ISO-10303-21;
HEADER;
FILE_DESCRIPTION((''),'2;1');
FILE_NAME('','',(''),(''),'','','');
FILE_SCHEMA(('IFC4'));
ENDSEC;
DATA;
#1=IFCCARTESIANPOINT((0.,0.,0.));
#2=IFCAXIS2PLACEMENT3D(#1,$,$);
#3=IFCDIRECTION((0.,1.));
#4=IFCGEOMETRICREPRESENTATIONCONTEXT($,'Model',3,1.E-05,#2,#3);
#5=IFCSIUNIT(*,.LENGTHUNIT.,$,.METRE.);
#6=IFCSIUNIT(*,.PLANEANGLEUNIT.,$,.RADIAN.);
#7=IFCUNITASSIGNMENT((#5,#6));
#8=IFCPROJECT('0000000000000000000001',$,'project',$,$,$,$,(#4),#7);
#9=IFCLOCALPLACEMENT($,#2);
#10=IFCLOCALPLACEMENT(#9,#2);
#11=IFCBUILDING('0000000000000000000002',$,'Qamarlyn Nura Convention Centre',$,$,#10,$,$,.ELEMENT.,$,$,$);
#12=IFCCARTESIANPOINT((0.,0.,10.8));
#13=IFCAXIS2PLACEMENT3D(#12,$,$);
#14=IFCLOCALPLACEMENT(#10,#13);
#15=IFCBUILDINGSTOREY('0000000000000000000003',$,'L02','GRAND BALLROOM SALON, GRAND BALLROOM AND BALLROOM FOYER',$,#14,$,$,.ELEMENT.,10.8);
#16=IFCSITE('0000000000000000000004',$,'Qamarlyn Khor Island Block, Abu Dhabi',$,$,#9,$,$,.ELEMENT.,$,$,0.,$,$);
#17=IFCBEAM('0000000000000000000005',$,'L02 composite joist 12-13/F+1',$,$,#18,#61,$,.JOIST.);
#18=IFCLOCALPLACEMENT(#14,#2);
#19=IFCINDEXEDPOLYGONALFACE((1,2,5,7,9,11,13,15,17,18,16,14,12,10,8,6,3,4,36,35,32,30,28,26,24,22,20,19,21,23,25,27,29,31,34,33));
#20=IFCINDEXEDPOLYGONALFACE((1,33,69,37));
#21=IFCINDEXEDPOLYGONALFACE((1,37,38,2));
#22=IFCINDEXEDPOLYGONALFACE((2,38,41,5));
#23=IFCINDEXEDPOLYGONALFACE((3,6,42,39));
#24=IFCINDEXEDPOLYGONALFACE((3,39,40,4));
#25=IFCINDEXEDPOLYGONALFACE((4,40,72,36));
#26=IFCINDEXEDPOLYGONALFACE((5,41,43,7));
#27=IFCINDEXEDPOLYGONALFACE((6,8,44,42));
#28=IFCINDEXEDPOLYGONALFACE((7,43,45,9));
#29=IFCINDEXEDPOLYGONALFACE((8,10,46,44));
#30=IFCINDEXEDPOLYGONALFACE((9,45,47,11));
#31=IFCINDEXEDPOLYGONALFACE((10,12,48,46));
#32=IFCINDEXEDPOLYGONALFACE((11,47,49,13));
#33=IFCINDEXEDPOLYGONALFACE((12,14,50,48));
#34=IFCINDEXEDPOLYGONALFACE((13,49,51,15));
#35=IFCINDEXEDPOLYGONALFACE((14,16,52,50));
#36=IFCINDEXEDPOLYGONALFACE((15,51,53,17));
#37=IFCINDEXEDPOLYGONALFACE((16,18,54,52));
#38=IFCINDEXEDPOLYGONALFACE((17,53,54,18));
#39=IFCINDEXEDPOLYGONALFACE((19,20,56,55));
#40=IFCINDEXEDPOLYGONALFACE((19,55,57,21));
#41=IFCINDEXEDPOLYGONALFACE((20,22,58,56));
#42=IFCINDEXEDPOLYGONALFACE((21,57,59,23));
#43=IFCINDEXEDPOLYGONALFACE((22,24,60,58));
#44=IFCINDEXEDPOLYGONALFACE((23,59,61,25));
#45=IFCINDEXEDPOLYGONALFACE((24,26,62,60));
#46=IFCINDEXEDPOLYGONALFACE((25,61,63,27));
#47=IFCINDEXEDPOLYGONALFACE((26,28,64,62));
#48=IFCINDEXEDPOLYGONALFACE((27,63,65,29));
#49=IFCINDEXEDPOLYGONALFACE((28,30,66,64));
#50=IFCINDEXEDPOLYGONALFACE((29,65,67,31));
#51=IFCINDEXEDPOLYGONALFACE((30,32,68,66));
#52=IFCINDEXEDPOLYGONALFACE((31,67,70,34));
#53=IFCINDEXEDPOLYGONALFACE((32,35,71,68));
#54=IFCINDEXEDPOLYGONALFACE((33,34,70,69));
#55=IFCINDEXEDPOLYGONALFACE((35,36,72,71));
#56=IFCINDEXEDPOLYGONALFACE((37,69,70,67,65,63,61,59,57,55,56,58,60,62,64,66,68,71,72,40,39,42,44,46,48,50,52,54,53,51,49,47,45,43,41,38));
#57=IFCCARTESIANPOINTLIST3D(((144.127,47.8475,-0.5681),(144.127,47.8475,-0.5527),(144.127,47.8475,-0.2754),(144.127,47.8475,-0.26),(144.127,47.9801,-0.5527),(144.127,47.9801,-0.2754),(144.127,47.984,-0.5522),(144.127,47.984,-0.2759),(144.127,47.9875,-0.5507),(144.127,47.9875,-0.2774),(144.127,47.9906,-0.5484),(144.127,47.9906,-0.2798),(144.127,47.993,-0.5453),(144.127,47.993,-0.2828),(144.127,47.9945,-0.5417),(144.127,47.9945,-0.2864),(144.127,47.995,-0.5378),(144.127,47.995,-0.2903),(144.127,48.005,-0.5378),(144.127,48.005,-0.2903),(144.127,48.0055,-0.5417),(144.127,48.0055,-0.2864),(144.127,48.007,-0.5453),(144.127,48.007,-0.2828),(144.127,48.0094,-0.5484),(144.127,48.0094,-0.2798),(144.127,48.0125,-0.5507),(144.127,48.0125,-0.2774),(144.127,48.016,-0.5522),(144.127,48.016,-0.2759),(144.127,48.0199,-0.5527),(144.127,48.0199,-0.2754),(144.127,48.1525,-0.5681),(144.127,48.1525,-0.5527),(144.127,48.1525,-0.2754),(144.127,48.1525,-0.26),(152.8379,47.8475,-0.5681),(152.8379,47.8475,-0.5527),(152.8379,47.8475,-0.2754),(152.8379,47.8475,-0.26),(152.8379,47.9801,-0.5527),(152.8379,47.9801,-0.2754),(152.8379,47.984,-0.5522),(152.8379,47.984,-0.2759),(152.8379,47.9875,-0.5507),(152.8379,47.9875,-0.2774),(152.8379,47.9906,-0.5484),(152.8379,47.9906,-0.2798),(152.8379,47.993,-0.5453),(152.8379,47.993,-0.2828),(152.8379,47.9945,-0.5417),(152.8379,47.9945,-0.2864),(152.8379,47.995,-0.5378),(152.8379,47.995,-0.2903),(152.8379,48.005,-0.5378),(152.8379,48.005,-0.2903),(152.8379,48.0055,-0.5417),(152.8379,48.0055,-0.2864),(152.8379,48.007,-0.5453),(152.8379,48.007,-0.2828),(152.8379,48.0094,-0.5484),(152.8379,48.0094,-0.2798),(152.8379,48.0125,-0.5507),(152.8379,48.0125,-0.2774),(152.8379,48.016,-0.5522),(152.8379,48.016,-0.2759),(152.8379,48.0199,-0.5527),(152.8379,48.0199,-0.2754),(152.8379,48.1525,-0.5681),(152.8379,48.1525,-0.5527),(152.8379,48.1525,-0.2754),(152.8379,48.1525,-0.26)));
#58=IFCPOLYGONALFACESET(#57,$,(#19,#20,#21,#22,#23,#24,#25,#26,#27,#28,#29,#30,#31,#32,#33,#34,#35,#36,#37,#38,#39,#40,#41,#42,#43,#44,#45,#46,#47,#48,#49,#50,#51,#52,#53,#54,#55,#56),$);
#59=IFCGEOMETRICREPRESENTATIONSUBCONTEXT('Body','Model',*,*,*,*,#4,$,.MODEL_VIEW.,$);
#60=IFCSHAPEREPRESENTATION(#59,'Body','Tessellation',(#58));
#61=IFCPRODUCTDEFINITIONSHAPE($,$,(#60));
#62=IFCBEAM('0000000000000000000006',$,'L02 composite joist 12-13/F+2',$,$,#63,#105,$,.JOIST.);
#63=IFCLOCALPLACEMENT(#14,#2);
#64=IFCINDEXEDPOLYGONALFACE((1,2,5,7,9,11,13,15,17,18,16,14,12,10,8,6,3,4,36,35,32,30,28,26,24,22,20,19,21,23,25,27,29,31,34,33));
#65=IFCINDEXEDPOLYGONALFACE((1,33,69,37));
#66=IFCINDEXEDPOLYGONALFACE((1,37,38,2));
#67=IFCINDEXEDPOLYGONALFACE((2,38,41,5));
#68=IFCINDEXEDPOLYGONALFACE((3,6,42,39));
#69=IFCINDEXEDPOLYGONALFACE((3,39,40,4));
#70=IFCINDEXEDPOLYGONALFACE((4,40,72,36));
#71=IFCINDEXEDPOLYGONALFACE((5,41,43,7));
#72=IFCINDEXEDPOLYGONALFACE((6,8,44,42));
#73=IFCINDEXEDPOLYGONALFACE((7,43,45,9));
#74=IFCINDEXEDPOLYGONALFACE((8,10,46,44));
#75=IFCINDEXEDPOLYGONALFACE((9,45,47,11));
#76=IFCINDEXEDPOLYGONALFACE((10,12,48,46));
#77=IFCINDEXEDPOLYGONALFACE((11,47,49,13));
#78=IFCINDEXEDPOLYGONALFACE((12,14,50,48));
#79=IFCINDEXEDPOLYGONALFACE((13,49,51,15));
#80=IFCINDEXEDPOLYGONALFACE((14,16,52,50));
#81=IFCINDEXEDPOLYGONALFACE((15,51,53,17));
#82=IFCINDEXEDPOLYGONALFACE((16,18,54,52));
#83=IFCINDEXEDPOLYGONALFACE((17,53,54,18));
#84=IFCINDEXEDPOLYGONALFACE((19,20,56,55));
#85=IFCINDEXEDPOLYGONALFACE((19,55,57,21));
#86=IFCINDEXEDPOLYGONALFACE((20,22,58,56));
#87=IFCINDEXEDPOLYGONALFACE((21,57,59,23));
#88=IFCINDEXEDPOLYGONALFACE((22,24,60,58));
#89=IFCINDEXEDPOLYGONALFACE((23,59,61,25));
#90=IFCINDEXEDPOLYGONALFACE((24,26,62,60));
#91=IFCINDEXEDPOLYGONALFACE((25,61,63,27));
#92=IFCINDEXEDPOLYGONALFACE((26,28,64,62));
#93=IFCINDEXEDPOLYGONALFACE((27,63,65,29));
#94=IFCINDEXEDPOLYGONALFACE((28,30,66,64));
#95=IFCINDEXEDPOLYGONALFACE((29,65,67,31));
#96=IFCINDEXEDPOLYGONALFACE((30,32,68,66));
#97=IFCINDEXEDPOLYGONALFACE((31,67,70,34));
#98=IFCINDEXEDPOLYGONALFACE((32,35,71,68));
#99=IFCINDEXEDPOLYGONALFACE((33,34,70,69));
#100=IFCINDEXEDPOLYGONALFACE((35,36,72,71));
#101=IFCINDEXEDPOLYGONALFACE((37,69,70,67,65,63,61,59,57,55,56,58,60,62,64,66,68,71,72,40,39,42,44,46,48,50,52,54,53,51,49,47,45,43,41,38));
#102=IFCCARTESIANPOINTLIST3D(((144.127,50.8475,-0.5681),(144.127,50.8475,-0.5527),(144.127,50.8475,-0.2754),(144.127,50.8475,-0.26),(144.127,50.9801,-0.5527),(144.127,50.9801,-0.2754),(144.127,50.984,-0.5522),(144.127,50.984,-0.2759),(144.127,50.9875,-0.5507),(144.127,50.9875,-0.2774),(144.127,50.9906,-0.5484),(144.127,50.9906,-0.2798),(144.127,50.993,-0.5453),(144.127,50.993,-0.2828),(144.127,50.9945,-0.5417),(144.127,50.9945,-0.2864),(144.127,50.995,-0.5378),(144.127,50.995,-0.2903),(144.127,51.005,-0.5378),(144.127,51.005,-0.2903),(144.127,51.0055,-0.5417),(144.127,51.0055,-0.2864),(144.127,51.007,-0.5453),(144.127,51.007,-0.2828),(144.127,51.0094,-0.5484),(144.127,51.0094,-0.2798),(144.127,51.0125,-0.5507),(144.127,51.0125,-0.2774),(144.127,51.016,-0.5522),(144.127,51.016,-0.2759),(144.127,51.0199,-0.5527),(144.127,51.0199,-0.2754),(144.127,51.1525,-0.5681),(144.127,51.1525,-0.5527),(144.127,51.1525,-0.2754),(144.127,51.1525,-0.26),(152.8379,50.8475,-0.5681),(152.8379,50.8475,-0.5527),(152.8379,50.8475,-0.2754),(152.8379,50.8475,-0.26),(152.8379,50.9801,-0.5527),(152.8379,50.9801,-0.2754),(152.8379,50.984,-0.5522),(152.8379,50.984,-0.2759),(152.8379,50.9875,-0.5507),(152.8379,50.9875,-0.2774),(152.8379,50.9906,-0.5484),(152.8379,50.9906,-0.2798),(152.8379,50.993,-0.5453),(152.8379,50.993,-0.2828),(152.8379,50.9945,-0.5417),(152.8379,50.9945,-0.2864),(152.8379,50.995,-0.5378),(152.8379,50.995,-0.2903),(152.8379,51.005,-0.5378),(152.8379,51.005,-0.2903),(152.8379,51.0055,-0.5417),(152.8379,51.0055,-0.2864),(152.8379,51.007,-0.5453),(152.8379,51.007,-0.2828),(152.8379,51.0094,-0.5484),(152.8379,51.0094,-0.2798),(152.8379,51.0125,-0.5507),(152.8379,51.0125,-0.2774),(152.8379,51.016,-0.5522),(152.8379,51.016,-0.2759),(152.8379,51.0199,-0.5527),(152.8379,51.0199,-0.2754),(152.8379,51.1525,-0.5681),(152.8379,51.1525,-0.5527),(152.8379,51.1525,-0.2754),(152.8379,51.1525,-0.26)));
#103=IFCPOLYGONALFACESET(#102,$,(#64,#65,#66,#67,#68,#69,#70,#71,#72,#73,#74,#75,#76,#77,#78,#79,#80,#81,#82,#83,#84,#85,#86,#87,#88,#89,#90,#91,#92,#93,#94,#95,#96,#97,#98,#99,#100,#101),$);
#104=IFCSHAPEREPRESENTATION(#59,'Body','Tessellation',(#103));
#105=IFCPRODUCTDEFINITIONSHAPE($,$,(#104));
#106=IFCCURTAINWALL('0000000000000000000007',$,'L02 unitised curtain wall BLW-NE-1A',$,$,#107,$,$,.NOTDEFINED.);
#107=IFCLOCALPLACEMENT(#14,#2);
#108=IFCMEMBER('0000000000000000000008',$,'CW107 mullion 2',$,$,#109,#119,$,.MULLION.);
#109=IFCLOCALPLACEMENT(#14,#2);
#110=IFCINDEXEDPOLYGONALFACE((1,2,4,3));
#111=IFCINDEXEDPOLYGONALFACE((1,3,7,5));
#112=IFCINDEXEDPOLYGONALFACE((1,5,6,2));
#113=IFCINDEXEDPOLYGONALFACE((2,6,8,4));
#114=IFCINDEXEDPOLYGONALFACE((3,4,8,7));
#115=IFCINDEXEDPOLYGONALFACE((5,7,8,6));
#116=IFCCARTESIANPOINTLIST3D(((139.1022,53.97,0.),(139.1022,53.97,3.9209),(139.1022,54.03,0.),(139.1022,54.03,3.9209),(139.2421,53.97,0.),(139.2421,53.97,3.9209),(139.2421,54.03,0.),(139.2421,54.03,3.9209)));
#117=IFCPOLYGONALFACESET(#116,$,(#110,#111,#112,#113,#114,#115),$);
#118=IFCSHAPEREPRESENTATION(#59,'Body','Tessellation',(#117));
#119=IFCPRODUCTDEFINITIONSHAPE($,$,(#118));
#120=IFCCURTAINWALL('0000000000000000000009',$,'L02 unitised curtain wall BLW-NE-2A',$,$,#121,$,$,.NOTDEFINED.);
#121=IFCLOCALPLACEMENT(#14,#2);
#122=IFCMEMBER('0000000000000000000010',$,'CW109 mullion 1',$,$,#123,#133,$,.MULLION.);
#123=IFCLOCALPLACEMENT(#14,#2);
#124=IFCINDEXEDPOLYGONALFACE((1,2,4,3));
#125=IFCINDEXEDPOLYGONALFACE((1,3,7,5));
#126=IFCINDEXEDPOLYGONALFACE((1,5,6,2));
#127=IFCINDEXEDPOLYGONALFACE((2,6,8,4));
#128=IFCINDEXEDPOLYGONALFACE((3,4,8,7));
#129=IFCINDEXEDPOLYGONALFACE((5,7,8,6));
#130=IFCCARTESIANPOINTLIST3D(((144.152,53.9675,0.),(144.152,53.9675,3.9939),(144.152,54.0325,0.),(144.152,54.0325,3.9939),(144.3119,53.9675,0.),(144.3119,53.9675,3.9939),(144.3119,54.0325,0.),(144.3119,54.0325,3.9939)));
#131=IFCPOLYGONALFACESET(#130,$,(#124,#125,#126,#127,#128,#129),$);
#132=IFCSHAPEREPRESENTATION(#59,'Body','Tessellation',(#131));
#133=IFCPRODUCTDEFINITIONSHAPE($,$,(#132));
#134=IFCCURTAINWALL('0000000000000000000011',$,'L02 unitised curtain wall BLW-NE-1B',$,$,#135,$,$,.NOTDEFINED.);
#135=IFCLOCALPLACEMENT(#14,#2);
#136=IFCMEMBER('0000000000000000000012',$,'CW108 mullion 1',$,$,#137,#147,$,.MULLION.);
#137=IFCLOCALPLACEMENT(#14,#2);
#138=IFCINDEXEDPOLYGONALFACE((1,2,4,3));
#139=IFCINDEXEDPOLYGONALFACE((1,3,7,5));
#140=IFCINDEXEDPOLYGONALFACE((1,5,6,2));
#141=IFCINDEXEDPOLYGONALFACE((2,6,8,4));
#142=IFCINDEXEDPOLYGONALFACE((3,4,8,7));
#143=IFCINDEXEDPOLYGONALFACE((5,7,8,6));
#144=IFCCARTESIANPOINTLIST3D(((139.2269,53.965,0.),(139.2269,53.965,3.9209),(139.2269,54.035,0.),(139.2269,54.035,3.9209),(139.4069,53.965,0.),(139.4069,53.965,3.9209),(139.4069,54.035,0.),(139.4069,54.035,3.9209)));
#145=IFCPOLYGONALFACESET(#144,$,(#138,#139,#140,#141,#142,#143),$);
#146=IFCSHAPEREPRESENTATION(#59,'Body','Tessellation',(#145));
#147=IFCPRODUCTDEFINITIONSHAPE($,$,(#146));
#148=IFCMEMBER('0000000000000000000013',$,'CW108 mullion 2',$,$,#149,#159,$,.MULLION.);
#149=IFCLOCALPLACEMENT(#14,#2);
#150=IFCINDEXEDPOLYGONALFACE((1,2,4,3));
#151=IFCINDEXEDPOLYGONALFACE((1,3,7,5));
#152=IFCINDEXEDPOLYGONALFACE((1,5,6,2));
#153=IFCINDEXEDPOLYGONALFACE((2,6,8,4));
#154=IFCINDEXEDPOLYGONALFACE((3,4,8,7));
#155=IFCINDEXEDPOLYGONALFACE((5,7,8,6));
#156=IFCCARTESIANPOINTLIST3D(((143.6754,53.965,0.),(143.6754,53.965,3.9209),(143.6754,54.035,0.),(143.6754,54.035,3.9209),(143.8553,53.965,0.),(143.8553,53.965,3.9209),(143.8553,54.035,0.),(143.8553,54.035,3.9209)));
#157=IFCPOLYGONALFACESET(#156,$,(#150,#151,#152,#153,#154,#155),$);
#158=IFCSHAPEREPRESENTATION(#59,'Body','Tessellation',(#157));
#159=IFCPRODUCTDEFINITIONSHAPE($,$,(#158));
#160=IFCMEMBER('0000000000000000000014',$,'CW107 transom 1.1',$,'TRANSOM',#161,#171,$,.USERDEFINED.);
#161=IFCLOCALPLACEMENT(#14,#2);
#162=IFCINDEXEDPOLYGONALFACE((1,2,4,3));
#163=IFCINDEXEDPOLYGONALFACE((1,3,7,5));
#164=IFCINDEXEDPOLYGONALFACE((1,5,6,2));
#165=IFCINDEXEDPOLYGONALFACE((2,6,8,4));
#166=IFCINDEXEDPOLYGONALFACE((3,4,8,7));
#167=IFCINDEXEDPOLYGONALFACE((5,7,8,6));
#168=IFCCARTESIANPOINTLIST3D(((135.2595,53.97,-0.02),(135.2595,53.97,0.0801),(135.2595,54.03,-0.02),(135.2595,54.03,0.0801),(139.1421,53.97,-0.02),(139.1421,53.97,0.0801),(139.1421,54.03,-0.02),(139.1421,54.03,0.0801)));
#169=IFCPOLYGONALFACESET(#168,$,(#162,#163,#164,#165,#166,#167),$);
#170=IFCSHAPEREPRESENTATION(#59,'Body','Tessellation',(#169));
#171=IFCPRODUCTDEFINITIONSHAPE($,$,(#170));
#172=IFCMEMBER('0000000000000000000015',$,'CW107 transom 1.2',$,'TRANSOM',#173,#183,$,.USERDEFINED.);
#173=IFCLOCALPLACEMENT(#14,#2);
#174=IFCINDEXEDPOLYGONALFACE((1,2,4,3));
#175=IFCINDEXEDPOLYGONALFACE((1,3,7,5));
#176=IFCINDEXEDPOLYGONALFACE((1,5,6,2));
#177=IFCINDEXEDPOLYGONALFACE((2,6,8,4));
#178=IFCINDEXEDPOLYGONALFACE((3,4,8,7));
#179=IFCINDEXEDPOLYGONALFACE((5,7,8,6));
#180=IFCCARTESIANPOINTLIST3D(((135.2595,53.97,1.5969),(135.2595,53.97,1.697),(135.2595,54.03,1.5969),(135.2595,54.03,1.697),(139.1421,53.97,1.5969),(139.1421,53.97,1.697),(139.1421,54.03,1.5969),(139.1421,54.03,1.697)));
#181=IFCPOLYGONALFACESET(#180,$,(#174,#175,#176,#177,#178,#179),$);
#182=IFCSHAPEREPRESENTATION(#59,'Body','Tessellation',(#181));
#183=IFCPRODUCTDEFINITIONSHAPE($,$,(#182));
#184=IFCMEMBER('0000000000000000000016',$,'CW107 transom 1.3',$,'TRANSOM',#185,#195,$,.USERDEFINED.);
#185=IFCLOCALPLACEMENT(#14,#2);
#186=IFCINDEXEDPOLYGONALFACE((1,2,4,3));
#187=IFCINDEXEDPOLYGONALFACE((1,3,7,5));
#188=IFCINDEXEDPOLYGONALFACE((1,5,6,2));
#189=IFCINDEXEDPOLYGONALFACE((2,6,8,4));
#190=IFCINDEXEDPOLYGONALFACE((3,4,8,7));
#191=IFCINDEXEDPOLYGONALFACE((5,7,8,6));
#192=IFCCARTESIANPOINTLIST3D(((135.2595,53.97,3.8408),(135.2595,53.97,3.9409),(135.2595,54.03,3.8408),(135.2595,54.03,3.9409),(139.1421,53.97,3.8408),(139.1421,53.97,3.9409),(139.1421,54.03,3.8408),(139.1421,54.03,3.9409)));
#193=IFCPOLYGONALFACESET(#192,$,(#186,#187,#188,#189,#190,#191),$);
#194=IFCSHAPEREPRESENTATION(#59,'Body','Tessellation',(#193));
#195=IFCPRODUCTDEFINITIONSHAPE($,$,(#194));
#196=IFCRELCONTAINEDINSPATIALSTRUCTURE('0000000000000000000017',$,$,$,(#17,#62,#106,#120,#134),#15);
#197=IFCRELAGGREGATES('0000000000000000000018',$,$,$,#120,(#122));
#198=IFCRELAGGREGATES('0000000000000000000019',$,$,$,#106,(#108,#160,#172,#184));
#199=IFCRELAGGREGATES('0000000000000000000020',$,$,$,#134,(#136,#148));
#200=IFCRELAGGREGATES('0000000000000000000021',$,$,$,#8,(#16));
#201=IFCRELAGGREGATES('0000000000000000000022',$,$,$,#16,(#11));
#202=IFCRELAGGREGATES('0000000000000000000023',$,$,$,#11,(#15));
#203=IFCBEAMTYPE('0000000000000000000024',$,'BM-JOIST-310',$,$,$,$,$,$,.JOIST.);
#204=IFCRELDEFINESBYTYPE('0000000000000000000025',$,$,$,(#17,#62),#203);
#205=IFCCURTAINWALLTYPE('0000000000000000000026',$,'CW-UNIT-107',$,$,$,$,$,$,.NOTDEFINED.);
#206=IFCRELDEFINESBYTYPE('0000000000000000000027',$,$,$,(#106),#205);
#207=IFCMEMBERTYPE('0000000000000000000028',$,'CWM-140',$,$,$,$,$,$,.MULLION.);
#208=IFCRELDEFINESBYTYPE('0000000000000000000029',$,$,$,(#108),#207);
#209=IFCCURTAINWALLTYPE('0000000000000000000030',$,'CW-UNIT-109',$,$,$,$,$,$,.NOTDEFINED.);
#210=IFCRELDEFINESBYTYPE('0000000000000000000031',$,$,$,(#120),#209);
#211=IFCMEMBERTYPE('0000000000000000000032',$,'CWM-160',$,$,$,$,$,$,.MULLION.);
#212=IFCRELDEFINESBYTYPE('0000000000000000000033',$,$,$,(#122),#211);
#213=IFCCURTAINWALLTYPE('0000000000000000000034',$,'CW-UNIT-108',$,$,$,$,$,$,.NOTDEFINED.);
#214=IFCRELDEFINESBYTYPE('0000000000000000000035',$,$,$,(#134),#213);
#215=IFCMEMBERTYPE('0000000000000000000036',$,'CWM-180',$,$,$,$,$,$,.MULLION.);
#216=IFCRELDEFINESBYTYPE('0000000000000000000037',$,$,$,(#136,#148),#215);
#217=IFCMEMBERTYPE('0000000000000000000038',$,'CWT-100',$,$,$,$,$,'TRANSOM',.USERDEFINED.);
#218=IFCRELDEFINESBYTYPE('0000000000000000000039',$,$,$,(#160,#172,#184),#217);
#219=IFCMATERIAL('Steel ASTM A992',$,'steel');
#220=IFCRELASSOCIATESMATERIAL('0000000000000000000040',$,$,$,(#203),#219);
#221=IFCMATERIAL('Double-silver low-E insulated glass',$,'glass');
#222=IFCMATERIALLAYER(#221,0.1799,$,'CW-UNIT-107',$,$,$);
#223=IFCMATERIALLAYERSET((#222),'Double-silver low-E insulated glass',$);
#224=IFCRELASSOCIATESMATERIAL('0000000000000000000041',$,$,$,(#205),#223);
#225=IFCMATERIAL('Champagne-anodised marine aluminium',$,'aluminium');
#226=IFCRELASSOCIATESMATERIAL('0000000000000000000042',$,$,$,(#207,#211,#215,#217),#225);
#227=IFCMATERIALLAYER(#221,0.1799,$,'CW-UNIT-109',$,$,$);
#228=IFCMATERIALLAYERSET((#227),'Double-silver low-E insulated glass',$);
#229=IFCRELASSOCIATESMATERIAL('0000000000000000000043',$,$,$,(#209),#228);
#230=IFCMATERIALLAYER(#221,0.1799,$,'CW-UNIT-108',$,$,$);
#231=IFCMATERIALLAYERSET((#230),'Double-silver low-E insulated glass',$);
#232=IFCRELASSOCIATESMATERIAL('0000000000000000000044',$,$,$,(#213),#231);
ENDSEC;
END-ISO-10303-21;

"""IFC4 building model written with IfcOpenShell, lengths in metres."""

from ifc_helpers import new_model, si_unit, direction, frame, origin, origin_2d, place, context, subcontext, project, spatial, rectangle, i_section, extrude, material, layer, layer_set, material_profile, profile_set, type_object, element, aggregate, save


model = new_model("IFC4")

# Units and contexts
model_context = context("Model", 3, precision=1e-05, world=origin(), true_north=direction((0.0, 1.0)))
body_context = subcontext(model_context, "Body", "Model", "MODEL_VIEW")
ifc_project = project(units=[si_unit("LENGTHUNIT", "METRE"), si_unit("PLANEANGLEUNIT", "RADIAN")], contexts=[model_context])

# Site, building, storey
site_placement = place(None, origin())
site = spatial("IfcSite", under=ifc_project, at=site_placement, Name="Qamarlyn Khor Island Block, Abu Dhabi", CompositionType="ELEMENT", RefElevation=0.0)
building_placement = place(site_placement, origin())
building = spatial("IfcBuilding", under=site, at=building_placement, Name="Qamarlyn Nura Convention Centre", CompositionType="ELEMENT")
storey_placement = place(building_placement, frame((0.0, 0.0, 10.8)))
storey = spatial("IfcBuildingStorey", under=building, at=storey_placement, Name="L02", Description="GRAND BALLROOM SALON, GRAND BALLROOM AND BALLROOM FOYER", CompositionType="ELEMENT", Elevation=10.8)

# Shared definitions
ifc_material_1 = material(Name="Steel ASTM A992", Category="steel")

# Beams
ifc_material_profile_1 = material_profile(ifc_material_1, i_section(OverallWidth=0.3049, OverallDepth=0.3081, WebThickness=0.01, FlangeThickness=0.0154, FilletRadius=0.0149, at=origin_2d()), Name="W310X97")
ifc_profile_set_1 = profile_set([ifc_material_profile_1], Name="Steel ASTM A992")
beam_type_1 = type_object("IfcBeamType", Name="BM-JOIST-310", PredefinedType="JOIST", material=ifc_profile_set_1)
for number, where, z_axis, x_axis, name in (
    (1, (144.127, 48.0, -0.4141), (1.0, 0.0, 0.0), (0.0, 1.0, 0.0), "L02 composite joist 12-13/F+1"),
    (2, (144.127, 51.0, -0.4141), (1.0, 0.0, 0.0), (0.0, 1.0, 0.0), "L02 composite joist 12-13/F+2"),
):
    element("IfcBeam", number, at=place(storey_placement, frame(where, z_axis=z_axis, x_axis=x_axis)), inside=storey, type_object=beam_type_1, Name=name, PredefinedType="JOIST", context=body_context, shape_type="SweptSolid", body=[
        extrude(i_section(OverallWidth=0.3049, OverallDepth=0.3081, WebThickness=0.01, FlangeThickness=0.0154, FilletRadius=0.0149, at=origin_2d()), origin(), (0.0, 0.0, 1.0), 8.7109),
    ])

# Curtain walls, members
ifc_material_2 = material(Name="Double-silver low-E insulated glass", Category="glass")
ifc_layer_1 = layer(ifc_material_2, 0.1799, Name="CW-UNIT-107")
ifc_layer_set_1 = layer_set([ifc_layer_1], Name="Double-silver low-E insulated glass")
curtain_wall_type_1 = type_object("IfcCurtainWallType", Name="CW-UNIT-107", PredefinedType="NOTDEFINED", material=ifc_layer_set_1)
curtain_wall_1_placement = place(storey_placement, origin())
curtain_wall_1 = element("IfcCurtainWall", 3, at=curtain_wall_1_placement, inside=storey, type_object=curtain_wall_type_1, Name="L02 unitised curtain wall BLW-NE-1A", PredefinedType="NOTDEFINED")
ifc_material_3 = material(Name="Champagne-anodised marine aluminium", Category="aluminium")
ifc_material_profile_2 = material_profile(ifc_material_3, rectangle(XDim=0.0601, YDim=0.1399, at=origin_2d()), Name="ALU MULLION 60x140")
ifc_profile_set_2 = profile_set([ifc_material_profile_2], Name="Champagne-anodised marine aluminium")
member_type_1 = type_object("IfcMemberType", Name="CWM-140", PredefinedType="MULLION", material=ifc_profile_set_2)
member_1_placement = place(storey_placement, frame((139.1721, 54.0, 0.0), z_axis=(0.0, 0.0, 1.0), x_axis=(0.0, 1.0, 0.0)))
member_1 = element("IfcMember", 4, at=member_1_placement, type_object=member_type_1, Name="CW107 mullion 2", PredefinedType="MULLION", context=body_context, shape_type="SweptSolid", body=[
    extrude(rectangle(XDim=0.0601, YDim=0.1399, at=origin_2d()), origin(), (0.0, 0.0, 1.0), 3.9209),
])
ifc_layer_2 = layer(ifc_material_2, 0.1799, Name="CW-UNIT-109")
ifc_layer_set_2 = layer_set([ifc_layer_2], Name="Double-silver low-E insulated glass")
curtain_wall_type_2 = type_object("IfcCurtainWallType", Name="CW-UNIT-109", PredefinedType="NOTDEFINED", material=ifc_layer_set_2)
curtain_wall_2_placement = place(storey_placement, origin())
curtain_wall_2 = element("IfcCurtainWall", 5, at=curtain_wall_2_placement, inside=storey, type_object=curtain_wall_type_2, Name="L02 unitised curtain wall BLW-NE-2A", PredefinedType="NOTDEFINED")
ifc_material_profile_3 = material_profile(ifc_material_3, rectangle(XDim=0.0649, YDim=0.1599, at=origin_2d()), Name="ALU MULLION 65x160")
ifc_profile_set_3 = profile_set([ifc_material_profile_3], Name="Champagne-anodised marine aluminium")
member_type_2 = type_object("IfcMemberType", Name="CWM-160", PredefinedType="MULLION", material=ifc_profile_set_3)
member_2_placement = place(storey_placement, frame((144.2319, 54.0, 0.0), z_axis=(0.0, 0.0, 1.0), x_axis=(0.0, 1.0, 0.0)))
member_2 = element("IfcMember", 6, at=member_2_placement, type_object=member_type_2, Name="CW109 mullion 1", PredefinedType="MULLION", context=body_context, shape_type="SweptSolid", body=[
    extrude(rectangle(XDim=0.0649, YDim=0.1599, at=origin_2d()), origin(), (0.0, 0.0, 1.0), 3.9939),
])
aggregate(curtain_wall_2, [member_2])

# Curtain wall, members
ifc_layer_3 = layer(ifc_material_2, 0.1799, Name="CW-UNIT-108")
ifc_layer_set_3 = layer_set([ifc_layer_3], Name="Double-silver low-E insulated glass")
curtain_wall_type_3 = type_object("IfcCurtainWallType", Name="CW-UNIT-108", PredefinedType="NOTDEFINED", material=ifc_layer_set_3)
curtain_wall_3_placement = place(storey_placement, origin())
curtain_wall_3 = element("IfcCurtainWall", 7, at=curtain_wall_3_placement, inside=storey, type_object=curtain_wall_type_3, Name="L02 unitised curtain wall BLW-NE-1B", PredefinedType="NOTDEFINED")
ifc_material_profile_4 = material_profile(ifc_material_3, rectangle(XDim=0.0701, YDim=0.1799, at=origin_2d()), Name="ALU MULLION 70x180")
ifc_profile_set_4 = profile_set([ifc_material_profile_4], Name="Champagne-anodised marine aluminium")
member_type_3 = type_object("IfcMemberType", Name="CWM-180", PredefinedType="MULLION", material=ifc_profile_set_4)
member_3_placement = place(storey_placement, frame((139.3169, 54.0, 0.0), z_axis=(0.0, 0.0, 1.0), x_axis=(0.0, 1.0, 0.0)))
member_3 = element("IfcMember", 8, at=member_3_placement, type_object=member_type_3, Name="CW108 mullion 1", PredefinedType="MULLION", context=body_context, shape_type="SweptSolid", body=[
    extrude(rectangle(XDim=0.0701, YDim=0.1799, at=origin_2d()), origin(), (0.0, 0.0, 1.0), 3.9209),
])
member_4_placement = place(storey_placement, frame((143.7654, 54.0, 0.0), z_axis=(0.0, 0.0, 1.0), x_axis=(0.0, 1.0, 0.0)))
member_4 = element("IfcMember", 9, at=member_4_placement, type_object=member_type_3, Name="CW108 mullion 2", PredefinedType="MULLION", context=body_context, shape_type="SweptSolid", body=[
    extrude(rectangle(XDim=0.0701, YDim=0.1799, at=origin_2d()), origin(), (0.0, 0.0, 1.0), 3.9209),
])

# Members
ifc_material_profile_5 = material_profile(ifc_material_3, rectangle(XDim=0.0601, YDim=0.1001, at=origin_2d()), Name="ALU TRANSOM 60x100")
ifc_profile_set_5 = profile_set([ifc_material_profile_5], Name="Champagne-anodised marine aluminium")
member_type_4 = type_object("IfcMemberType", Name="CWT-100", ElementType="TRANSOM", PredefinedType="USERDEFINED", material=ifc_profile_set_5)
member_5_placement = place(storey_placement, frame((135.2595, 54.0, 0.03), z_axis=(1.0, 0.0, 0.0), x_axis=(0.0, 1.0, 0.0)))
member_5 = element("IfcMember", 10, at=member_5_placement, type_object=member_type_4, Name="CW107 transom 1.1", ObjectType="TRANSOM", PredefinedType="USERDEFINED", context=body_context, shape_type="SweptSolid", body=[
    extrude(rectangle(XDim=0.0601, YDim=0.1001, at=origin_2d()), origin(), (0.0, 0.0, 1.0), 3.8826),
])
member_6_placement = place(storey_placement, frame((135.2595, 54.0, 1.647), z_axis=(1.0, 0.0, 0.0), x_axis=(0.0, 1.0, 0.0)))
member_6 = element("IfcMember", 11, at=member_6_placement, type_object=member_type_4, Name="CW107 transom 1.2", ObjectType="TRANSOM", PredefinedType="USERDEFINED", context=body_context, shape_type="SweptSolid", body=[
    extrude(rectangle(XDim=0.0601, YDim=0.1001, at=origin_2d()), origin(), (0.0, 0.0, 1.0), 3.8826),
])
member_7_placement = place(storey_placement, frame((135.2595, 54.0, 3.8909), z_axis=(1.0, 0.0, 0.0), x_axis=(0.0, 1.0, 0.0)))
member_7 = element("IfcMember", 12, at=member_7_placement, type_object=member_type_4, Name="CW107 transom 1.3", ObjectType="TRANSOM", PredefinedType="USERDEFINED", context=body_context, shape_type="SweptSolid", body=[
    extrude(rectangle(XDim=0.0601, YDim=0.1001, at=origin_2d()), origin(), (0.0, 0.0, 1.0), 3.8826),
])

aggregate(curtain_wall_1, [member_1, member_5, member_6, member_7])
aggregate(curtain_wall_3, [member_3, member_4])

save(model, "model.ifc")
